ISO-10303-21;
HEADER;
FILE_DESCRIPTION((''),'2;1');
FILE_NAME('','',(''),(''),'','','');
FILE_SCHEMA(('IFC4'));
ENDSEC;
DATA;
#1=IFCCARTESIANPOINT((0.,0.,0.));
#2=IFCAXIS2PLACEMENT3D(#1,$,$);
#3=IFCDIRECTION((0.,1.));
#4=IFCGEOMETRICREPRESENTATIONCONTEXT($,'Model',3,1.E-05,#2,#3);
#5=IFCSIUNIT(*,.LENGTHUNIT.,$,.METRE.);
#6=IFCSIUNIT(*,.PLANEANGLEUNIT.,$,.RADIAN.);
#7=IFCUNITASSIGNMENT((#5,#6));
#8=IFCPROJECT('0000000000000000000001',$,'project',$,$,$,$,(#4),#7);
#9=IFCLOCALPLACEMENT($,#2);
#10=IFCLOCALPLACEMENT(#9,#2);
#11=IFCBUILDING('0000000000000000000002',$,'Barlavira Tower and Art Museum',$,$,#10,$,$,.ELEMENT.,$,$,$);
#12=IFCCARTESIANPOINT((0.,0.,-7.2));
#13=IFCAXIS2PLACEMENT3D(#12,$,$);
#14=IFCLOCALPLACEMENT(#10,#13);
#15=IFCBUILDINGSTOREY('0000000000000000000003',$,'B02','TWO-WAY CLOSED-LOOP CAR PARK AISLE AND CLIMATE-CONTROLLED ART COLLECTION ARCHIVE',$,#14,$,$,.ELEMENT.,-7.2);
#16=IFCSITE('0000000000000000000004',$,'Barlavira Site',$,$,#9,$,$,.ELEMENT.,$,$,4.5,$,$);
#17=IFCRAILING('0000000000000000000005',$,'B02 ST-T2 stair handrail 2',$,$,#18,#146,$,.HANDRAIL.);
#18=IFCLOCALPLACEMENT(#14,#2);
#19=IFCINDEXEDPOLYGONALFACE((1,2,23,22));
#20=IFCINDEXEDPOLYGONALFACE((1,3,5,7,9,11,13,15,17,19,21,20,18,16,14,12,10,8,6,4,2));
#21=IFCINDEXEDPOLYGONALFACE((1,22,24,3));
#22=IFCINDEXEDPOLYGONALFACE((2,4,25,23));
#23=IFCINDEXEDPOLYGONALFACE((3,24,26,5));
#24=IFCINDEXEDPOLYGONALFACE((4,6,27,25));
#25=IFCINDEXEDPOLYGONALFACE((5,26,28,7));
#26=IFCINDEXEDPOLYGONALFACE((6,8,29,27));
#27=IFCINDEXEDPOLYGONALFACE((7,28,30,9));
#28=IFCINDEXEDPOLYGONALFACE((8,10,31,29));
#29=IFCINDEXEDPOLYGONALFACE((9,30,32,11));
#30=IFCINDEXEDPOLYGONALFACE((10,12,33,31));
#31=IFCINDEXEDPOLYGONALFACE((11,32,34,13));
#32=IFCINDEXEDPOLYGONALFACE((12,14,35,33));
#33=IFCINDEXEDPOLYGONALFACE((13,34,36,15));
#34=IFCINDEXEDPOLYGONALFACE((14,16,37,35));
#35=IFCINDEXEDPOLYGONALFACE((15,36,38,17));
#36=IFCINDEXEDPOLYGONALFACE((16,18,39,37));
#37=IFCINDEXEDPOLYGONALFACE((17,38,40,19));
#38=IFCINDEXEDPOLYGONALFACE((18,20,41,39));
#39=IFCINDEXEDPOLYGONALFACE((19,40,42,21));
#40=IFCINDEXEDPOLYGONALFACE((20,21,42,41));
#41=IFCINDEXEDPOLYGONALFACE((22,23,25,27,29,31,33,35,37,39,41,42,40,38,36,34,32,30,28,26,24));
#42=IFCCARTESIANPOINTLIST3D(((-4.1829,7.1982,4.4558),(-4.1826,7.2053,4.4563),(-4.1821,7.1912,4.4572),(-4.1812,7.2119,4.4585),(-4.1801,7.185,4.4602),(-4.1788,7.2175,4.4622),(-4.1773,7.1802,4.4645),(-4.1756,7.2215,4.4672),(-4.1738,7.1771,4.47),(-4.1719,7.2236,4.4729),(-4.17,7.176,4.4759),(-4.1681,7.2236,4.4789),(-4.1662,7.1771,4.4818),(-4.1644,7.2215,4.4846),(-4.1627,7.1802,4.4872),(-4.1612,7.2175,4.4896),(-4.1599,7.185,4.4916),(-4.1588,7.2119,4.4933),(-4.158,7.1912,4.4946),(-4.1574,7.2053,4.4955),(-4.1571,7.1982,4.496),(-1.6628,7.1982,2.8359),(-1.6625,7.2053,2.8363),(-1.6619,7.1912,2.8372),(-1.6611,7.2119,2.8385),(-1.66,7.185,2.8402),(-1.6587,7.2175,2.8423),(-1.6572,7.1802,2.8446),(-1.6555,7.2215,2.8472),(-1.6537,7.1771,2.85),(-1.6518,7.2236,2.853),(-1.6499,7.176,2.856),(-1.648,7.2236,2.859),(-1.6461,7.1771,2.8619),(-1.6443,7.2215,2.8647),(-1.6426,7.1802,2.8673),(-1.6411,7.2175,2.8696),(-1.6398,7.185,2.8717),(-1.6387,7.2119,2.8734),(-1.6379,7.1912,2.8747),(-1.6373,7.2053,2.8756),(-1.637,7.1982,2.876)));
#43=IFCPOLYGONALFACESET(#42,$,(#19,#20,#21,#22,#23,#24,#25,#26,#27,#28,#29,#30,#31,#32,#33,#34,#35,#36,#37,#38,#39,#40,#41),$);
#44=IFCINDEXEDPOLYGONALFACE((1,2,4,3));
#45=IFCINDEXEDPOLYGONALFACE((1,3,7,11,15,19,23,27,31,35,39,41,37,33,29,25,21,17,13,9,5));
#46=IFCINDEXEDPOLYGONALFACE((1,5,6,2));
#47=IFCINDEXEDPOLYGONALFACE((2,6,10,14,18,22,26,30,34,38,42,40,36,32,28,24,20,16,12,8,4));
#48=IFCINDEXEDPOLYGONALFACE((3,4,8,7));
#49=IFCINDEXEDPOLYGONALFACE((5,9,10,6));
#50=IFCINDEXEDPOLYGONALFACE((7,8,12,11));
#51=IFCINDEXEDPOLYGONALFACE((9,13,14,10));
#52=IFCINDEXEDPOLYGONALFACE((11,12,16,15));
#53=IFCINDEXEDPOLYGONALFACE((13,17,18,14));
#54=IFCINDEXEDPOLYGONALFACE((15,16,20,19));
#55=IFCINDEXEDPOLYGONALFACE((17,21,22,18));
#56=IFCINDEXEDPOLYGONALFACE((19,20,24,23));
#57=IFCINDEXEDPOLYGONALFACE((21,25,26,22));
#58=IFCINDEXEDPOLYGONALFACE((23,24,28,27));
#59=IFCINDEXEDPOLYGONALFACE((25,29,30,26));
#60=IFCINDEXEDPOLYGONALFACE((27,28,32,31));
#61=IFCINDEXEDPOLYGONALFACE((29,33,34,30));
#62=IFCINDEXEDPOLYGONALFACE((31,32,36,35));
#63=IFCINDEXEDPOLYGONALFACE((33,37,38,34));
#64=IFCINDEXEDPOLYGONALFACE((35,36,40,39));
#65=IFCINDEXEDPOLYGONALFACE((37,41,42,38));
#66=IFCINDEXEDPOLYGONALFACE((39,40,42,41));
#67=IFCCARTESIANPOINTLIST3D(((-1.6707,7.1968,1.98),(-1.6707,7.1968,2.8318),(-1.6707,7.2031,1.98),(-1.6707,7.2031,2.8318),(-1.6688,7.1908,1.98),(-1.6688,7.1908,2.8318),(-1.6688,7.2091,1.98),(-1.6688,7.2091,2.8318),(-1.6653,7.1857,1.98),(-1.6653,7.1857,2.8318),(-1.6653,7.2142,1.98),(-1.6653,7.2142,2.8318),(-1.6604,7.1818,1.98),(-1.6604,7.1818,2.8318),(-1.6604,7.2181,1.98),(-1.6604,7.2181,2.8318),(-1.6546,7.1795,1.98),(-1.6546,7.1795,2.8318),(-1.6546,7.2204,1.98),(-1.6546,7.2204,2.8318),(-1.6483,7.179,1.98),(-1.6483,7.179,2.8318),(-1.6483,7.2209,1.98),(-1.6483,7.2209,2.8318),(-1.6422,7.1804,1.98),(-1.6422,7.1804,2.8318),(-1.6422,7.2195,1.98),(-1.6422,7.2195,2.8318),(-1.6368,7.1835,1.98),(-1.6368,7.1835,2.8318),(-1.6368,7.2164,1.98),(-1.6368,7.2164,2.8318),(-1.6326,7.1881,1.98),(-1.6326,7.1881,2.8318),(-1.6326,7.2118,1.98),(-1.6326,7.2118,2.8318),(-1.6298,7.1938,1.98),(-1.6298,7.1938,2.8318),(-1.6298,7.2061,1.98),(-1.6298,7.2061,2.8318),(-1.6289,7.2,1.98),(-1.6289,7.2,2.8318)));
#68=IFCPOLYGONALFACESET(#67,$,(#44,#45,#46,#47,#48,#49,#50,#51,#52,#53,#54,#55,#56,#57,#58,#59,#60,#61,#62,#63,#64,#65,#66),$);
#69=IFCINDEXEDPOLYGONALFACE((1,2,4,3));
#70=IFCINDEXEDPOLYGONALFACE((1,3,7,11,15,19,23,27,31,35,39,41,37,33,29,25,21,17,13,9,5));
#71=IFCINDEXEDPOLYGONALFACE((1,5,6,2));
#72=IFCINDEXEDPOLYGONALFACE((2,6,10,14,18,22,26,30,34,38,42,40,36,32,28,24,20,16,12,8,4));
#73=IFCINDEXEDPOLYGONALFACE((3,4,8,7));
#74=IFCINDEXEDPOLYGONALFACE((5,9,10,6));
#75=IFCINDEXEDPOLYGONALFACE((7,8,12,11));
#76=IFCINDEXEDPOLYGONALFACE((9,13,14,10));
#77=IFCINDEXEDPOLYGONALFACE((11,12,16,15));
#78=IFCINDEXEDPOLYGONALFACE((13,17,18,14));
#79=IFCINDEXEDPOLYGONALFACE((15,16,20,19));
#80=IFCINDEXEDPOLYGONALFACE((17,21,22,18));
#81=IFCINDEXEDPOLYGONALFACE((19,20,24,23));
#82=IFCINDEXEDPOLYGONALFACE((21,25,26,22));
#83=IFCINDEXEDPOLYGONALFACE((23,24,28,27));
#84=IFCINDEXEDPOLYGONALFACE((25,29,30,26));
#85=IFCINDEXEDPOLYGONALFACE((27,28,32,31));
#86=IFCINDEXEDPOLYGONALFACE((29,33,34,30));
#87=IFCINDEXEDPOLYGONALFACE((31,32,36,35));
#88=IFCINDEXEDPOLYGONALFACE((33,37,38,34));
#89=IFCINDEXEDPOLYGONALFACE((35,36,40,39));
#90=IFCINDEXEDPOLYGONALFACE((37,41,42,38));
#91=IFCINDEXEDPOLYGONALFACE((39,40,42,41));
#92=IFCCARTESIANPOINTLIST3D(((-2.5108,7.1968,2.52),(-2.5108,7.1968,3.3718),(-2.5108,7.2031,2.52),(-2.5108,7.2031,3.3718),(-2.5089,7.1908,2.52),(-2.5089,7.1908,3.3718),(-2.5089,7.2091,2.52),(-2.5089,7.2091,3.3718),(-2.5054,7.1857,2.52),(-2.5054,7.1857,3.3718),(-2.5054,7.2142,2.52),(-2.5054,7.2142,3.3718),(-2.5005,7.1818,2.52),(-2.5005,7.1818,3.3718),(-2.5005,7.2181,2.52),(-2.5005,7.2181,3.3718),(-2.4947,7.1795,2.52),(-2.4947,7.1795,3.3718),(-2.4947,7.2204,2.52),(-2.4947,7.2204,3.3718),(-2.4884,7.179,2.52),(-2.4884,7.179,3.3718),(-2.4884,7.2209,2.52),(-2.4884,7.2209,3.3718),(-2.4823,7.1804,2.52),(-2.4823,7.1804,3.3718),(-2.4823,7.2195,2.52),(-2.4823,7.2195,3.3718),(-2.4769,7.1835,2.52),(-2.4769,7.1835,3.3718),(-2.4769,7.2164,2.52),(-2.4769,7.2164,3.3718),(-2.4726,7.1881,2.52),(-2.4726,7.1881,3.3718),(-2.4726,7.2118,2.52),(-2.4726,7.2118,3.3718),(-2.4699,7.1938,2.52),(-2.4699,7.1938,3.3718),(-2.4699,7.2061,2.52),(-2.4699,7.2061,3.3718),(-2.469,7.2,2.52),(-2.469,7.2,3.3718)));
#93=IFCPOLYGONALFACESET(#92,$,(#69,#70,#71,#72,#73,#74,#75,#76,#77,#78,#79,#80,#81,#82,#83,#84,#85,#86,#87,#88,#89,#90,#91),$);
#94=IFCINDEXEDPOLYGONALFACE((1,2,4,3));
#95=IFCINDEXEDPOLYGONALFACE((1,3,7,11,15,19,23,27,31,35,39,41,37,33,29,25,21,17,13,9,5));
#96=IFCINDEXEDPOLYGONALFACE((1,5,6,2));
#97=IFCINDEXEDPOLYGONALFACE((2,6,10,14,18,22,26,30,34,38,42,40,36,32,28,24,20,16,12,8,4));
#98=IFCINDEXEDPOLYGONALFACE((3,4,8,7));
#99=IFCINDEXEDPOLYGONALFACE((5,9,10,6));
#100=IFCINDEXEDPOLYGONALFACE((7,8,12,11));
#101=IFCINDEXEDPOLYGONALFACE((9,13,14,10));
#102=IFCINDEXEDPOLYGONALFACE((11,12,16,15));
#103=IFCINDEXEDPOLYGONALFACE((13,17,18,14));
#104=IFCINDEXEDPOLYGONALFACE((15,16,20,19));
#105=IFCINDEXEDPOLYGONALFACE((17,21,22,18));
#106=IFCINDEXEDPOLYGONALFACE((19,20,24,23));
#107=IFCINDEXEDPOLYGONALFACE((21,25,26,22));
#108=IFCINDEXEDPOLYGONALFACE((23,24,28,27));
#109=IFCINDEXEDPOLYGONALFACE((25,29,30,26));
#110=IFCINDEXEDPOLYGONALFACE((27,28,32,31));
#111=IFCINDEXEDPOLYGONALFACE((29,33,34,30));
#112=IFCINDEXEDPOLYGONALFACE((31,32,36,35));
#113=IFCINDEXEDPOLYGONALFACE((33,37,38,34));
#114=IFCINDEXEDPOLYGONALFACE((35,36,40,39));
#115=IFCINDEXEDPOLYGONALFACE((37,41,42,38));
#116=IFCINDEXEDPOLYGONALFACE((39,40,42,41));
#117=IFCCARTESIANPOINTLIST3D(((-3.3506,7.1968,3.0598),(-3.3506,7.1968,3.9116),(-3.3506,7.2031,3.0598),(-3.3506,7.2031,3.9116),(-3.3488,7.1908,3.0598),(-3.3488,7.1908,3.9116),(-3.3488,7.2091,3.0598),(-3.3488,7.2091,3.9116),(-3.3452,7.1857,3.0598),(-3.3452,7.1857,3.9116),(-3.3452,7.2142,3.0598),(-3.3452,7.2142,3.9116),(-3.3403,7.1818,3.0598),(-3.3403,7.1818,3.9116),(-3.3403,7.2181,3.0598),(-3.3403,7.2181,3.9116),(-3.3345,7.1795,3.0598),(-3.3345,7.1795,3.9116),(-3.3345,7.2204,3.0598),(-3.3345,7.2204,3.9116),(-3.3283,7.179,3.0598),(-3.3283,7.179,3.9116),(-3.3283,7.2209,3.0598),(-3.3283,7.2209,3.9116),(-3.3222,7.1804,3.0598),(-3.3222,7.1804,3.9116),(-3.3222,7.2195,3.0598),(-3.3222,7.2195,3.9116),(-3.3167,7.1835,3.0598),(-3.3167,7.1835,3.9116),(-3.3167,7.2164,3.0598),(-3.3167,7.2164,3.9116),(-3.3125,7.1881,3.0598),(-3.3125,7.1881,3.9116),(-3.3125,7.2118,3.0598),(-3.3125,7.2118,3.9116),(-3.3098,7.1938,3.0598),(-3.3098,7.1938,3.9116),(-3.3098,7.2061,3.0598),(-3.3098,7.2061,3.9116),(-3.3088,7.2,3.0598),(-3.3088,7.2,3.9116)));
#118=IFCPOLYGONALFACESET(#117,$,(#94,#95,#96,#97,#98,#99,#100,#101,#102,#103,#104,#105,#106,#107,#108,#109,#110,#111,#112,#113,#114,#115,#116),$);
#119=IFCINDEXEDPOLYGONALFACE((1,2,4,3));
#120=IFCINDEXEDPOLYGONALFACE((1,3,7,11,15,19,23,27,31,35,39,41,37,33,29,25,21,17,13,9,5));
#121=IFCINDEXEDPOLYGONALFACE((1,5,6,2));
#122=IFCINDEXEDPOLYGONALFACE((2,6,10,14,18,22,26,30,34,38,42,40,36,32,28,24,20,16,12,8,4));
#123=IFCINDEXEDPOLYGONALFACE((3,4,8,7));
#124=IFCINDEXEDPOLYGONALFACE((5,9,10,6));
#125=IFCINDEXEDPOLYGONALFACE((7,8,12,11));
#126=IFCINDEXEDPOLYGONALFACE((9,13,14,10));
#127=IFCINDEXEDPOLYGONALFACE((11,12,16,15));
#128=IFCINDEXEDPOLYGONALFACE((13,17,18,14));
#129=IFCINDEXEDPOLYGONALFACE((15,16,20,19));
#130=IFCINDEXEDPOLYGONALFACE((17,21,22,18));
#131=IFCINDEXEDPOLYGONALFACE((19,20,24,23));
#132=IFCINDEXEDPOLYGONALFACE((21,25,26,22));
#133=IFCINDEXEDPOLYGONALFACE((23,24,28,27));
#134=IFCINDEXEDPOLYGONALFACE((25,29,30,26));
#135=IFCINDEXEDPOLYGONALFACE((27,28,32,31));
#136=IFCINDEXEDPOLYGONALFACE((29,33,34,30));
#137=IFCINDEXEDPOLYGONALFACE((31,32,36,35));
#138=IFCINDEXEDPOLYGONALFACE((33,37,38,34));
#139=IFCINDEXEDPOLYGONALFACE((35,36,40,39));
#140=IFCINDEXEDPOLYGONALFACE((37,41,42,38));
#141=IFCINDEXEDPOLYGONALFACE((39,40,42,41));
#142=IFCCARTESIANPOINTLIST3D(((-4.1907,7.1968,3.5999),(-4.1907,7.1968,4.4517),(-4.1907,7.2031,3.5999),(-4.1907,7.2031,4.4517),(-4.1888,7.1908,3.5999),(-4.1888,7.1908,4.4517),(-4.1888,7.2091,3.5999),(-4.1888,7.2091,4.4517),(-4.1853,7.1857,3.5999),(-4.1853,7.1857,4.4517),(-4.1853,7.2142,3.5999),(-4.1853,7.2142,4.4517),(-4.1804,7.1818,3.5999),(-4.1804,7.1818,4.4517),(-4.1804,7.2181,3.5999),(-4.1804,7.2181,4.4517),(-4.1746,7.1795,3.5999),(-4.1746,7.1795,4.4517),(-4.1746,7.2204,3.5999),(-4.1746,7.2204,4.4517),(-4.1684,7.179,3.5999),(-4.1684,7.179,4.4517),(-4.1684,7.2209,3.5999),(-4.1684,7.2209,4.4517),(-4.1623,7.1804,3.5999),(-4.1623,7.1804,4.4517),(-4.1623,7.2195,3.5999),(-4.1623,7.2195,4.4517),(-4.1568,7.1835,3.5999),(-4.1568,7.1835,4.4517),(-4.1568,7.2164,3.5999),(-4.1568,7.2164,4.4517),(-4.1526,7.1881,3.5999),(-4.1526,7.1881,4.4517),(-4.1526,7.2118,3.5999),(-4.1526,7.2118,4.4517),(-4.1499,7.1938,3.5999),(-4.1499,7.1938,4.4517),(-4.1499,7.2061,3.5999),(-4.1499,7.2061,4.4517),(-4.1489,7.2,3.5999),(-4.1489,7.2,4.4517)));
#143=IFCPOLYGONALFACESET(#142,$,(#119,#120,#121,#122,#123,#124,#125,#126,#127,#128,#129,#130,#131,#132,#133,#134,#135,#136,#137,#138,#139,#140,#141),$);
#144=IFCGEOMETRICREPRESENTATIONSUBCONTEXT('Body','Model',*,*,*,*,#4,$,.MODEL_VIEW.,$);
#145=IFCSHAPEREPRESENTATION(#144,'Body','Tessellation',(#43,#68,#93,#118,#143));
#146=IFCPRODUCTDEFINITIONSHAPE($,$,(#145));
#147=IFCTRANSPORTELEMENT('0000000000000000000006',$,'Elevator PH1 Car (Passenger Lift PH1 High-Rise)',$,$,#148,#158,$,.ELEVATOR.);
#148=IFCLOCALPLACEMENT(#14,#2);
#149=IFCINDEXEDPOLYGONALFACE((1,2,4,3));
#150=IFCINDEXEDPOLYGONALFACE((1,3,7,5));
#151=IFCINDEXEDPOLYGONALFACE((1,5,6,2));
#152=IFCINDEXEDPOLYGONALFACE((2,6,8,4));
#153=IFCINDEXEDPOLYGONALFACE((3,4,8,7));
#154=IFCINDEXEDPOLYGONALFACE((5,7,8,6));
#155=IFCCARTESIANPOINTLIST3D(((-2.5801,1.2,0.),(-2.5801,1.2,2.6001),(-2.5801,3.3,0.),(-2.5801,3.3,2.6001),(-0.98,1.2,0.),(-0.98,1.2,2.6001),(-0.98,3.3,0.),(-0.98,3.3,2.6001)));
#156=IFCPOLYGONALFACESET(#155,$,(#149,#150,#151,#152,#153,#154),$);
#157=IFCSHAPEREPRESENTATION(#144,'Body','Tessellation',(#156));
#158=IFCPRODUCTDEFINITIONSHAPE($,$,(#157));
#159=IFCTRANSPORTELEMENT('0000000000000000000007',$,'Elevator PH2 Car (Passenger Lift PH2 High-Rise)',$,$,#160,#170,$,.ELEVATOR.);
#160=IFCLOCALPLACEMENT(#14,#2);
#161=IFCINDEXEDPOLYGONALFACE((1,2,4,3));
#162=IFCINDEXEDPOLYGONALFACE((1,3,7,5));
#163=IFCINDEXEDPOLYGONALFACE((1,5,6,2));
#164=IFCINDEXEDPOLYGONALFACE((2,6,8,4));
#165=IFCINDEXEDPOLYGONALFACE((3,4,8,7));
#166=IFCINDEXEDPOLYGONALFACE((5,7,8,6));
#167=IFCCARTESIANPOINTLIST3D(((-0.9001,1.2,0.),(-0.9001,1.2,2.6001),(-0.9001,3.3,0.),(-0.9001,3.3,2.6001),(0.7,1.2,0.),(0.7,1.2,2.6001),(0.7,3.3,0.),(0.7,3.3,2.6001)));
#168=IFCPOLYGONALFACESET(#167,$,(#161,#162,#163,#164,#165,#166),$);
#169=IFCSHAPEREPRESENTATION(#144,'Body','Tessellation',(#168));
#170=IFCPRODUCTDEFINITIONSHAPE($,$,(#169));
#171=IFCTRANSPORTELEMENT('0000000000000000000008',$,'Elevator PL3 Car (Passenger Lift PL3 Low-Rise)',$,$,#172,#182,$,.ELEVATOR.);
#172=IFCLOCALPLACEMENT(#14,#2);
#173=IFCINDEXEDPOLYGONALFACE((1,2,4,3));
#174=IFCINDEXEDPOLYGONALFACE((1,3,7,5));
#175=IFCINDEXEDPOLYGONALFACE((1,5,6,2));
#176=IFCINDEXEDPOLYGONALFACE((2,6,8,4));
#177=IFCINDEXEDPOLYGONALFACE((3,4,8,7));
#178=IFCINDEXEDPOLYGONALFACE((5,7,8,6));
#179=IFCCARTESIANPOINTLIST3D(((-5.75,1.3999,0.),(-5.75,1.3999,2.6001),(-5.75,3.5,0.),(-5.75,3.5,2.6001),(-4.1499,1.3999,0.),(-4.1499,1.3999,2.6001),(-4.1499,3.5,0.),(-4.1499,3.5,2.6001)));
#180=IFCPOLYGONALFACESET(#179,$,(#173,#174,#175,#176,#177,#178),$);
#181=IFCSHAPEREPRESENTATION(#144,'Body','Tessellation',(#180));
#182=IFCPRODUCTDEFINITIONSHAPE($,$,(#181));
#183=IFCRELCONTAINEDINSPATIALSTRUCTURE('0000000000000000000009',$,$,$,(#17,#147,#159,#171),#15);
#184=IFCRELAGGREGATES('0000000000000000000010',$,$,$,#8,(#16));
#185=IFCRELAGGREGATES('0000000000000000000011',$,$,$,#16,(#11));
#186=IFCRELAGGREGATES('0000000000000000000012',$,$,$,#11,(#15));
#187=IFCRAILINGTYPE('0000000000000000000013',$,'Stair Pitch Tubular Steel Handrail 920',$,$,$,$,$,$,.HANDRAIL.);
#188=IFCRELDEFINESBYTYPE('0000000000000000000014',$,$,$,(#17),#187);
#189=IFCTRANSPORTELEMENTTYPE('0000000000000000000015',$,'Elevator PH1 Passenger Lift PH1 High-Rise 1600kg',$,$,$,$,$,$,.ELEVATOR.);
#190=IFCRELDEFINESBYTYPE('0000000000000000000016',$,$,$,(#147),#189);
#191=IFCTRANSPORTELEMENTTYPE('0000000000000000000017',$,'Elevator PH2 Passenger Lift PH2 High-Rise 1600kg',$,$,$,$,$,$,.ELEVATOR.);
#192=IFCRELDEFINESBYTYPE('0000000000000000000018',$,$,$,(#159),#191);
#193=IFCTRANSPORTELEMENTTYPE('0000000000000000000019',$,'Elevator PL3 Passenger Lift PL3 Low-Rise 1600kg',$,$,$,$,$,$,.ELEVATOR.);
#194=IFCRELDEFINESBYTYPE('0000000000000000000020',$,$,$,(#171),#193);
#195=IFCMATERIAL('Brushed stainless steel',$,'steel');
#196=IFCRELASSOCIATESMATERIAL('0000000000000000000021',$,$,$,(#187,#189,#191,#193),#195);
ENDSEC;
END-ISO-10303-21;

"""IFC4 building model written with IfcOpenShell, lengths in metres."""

from ifc_helpers import new_model, si_unit, direction, frame, origin, origin_2d, place, context, subcontext, project, spatial, rectangle, circle, extrude, material, type_object, element, save


model = new_model("IFC4")

# Units and contexts
model_context = context("Model", 3, precision=1e-05, world=origin(), true_north=direction((0.0, 1.0)))
body_context = subcontext(model_context, "Body", "Model", "MODEL_VIEW")
ifc_project = project(units=[si_unit("LENGTHUNIT", "METRE"), si_unit("PLANEANGLEUNIT", "RADIAN")], contexts=[model_context])

# Site, building, storey
site_placement = place(None, origin())
site = spatial("IfcSite", under=ifc_project, at=site_placement, Name="Barlavira Site", CompositionType="ELEMENT", RefElevation=4.5)
building_placement = place(site_placement, origin())
building = spatial("IfcBuilding", under=site, at=building_placement, Name="Barlavira Tower and Art Museum", CompositionType="ELEMENT")
storey_placement = place(building_placement, frame((0.0, 0.0, -7.2)))
storey = spatial("IfcBuildingStorey", under=building, at=storey_placement, Name="B02", Description="TWO-WAY CLOSED-LOOP CAR PARK AISLE AND CLIMATE-CONTROLLED ART COLLECTION ARCHIVE", CompositionType="ELEMENT", Elevation=-7.2)

# Shared definitions
ifc_material_1 = material(Name="Brushed stainless steel", Category="steel")

# Railing
railing_type_1 = type_object("IfcRailingType", Name="Stair Pitch Tubular Steel Handrail 920", PredefinedType="HANDRAIL", material=ifc_material_1)
railing_1_placement = place(storey_placement, frame((-1.6499, 7.2, 1.98)))
element("IfcRailing", 1, at=railing_1_placement, inside=storey, type_object=railing_type_1, Name="B02 ST-T2 stair handrail 2", PredefinedType="HANDRAIL", context=body_context, shape_type="SweptSolid", body=[
    extrude(circle(Radius=0.0239, at=origin_2d()), frame((0.0, 0.0, 0.876), z_axis=(-0.8412, 0.0, 0.540725), x_axis=(0.0, -1.0, 0.0)), (0.0, 0.0, 1.0), 2.9958),
    extrude(circle(Radius=0.021, at=origin_2d()), origin(), (0.0, 0.0, 1.0), 0.8518),
    extrude(circle(Radius=0.021, at=origin_2d()), frame((-0.8401, 0.0, 0.54)), (0.0, 0.0, 1.0), 0.8518),
    extrude(circle(Radius=0.021, at=origin_2d()), frame((-1.6799, 0.0, 1.0798)), (0.0, 0.0, 1.0), 0.8518),
    extrude(circle(Radius=0.021, at=origin_2d()), frame((-2.52, 0.0, 1.6199)), (0.0, 0.0, 1.0), 0.8518),
])

# Transport elements
transport_element_type_1 = type_object("IfcTransportElementType", Name="Elevator PH1 Passenger Lift PH1 High-Rise 1600kg", PredefinedType="ELEVATOR", material=ifc_material_1)
transport_element_1_placement = place(storey_placement, frame((-1.78, 2.25, 0.0), z_axis=(0.0, 0.0, 1.0), x_axis=(1.0, 0.0, 0.0)))
element("IfcTransportElement", 2, at=transport_element_1_placement, inside=storey, type_object=transport_element_type_1, Name="Elevator PH1 Car (Passenger Lift PH1 High-Rise)", PredefinedType="ELEVATOR", context=body_context, shape_type="SweptSolid", body=[
    extrude(rectangle(XDim=1.6001, YDim=2.1001, at=origin_2d()), origin(), (0.0, 0.0, 1.0), 2.6001),
])
transport_element_type_2 = type_object("IfcTransportElementType", Name="Elevator PH2 Passenger Lift PH2 High-Rise 1600kg", PredefinedType="ELEVATOR", material=ifc_material_1)
transport_element_2_placement = place(storey_placement, frame((-0.1001, 2.25, 0.0), z_axis=(0.0, 0.0, 1.0), x_axis=(1.0, 0.0, 0.0)))
element("IfcTransportElement", 3, at=transport_element_2_placement, inside=storey, type_object=transport_element_type_2, Name="Elevator PH2 Car (Passenger Lift PH2 High-Rise)", PredefinedType="ELEVATOR", context=body_context, shape_type="SweptSolid", body=[
    extrude(rectangle(XDim=1.6001, YDim=2.1001, at=origin_2d()), origin(), (0.0, 0.0, 1.0), 2.6001),
])
transport_element_type_3 = type_object("IfcTransportElementType", Name="Elevator PL3 Passenger Lift PL3 Low-Rise 1600kg", PredefinedType="ELEVATOR", material=ifc_material_1)
transport_element_3_placement = place(storey_placement, frame((-4.95, 2.45, 0.0), z_axis=(0.0, 0.0, 1.0), x_axis=(1.0, 0.0, 0.0)))
element("IfcTransportElement", 4, at=transport_element_3_placement, inside=storey, type_object=transport_element_type_3, Name="Elevator PL3 Car (Passenger Lift PL3 Low-Rise)", PredefinedType="ELEVATOR", context=body_context, shape_type="SweptSolid", body=[
    extrude(rectangle(XDim=1.6001, YDim=2.1001, at=origin_2d()), origin(), (0.0, 0.0, 1.0), 2.6001),
])

save(model, "model.ifc")
